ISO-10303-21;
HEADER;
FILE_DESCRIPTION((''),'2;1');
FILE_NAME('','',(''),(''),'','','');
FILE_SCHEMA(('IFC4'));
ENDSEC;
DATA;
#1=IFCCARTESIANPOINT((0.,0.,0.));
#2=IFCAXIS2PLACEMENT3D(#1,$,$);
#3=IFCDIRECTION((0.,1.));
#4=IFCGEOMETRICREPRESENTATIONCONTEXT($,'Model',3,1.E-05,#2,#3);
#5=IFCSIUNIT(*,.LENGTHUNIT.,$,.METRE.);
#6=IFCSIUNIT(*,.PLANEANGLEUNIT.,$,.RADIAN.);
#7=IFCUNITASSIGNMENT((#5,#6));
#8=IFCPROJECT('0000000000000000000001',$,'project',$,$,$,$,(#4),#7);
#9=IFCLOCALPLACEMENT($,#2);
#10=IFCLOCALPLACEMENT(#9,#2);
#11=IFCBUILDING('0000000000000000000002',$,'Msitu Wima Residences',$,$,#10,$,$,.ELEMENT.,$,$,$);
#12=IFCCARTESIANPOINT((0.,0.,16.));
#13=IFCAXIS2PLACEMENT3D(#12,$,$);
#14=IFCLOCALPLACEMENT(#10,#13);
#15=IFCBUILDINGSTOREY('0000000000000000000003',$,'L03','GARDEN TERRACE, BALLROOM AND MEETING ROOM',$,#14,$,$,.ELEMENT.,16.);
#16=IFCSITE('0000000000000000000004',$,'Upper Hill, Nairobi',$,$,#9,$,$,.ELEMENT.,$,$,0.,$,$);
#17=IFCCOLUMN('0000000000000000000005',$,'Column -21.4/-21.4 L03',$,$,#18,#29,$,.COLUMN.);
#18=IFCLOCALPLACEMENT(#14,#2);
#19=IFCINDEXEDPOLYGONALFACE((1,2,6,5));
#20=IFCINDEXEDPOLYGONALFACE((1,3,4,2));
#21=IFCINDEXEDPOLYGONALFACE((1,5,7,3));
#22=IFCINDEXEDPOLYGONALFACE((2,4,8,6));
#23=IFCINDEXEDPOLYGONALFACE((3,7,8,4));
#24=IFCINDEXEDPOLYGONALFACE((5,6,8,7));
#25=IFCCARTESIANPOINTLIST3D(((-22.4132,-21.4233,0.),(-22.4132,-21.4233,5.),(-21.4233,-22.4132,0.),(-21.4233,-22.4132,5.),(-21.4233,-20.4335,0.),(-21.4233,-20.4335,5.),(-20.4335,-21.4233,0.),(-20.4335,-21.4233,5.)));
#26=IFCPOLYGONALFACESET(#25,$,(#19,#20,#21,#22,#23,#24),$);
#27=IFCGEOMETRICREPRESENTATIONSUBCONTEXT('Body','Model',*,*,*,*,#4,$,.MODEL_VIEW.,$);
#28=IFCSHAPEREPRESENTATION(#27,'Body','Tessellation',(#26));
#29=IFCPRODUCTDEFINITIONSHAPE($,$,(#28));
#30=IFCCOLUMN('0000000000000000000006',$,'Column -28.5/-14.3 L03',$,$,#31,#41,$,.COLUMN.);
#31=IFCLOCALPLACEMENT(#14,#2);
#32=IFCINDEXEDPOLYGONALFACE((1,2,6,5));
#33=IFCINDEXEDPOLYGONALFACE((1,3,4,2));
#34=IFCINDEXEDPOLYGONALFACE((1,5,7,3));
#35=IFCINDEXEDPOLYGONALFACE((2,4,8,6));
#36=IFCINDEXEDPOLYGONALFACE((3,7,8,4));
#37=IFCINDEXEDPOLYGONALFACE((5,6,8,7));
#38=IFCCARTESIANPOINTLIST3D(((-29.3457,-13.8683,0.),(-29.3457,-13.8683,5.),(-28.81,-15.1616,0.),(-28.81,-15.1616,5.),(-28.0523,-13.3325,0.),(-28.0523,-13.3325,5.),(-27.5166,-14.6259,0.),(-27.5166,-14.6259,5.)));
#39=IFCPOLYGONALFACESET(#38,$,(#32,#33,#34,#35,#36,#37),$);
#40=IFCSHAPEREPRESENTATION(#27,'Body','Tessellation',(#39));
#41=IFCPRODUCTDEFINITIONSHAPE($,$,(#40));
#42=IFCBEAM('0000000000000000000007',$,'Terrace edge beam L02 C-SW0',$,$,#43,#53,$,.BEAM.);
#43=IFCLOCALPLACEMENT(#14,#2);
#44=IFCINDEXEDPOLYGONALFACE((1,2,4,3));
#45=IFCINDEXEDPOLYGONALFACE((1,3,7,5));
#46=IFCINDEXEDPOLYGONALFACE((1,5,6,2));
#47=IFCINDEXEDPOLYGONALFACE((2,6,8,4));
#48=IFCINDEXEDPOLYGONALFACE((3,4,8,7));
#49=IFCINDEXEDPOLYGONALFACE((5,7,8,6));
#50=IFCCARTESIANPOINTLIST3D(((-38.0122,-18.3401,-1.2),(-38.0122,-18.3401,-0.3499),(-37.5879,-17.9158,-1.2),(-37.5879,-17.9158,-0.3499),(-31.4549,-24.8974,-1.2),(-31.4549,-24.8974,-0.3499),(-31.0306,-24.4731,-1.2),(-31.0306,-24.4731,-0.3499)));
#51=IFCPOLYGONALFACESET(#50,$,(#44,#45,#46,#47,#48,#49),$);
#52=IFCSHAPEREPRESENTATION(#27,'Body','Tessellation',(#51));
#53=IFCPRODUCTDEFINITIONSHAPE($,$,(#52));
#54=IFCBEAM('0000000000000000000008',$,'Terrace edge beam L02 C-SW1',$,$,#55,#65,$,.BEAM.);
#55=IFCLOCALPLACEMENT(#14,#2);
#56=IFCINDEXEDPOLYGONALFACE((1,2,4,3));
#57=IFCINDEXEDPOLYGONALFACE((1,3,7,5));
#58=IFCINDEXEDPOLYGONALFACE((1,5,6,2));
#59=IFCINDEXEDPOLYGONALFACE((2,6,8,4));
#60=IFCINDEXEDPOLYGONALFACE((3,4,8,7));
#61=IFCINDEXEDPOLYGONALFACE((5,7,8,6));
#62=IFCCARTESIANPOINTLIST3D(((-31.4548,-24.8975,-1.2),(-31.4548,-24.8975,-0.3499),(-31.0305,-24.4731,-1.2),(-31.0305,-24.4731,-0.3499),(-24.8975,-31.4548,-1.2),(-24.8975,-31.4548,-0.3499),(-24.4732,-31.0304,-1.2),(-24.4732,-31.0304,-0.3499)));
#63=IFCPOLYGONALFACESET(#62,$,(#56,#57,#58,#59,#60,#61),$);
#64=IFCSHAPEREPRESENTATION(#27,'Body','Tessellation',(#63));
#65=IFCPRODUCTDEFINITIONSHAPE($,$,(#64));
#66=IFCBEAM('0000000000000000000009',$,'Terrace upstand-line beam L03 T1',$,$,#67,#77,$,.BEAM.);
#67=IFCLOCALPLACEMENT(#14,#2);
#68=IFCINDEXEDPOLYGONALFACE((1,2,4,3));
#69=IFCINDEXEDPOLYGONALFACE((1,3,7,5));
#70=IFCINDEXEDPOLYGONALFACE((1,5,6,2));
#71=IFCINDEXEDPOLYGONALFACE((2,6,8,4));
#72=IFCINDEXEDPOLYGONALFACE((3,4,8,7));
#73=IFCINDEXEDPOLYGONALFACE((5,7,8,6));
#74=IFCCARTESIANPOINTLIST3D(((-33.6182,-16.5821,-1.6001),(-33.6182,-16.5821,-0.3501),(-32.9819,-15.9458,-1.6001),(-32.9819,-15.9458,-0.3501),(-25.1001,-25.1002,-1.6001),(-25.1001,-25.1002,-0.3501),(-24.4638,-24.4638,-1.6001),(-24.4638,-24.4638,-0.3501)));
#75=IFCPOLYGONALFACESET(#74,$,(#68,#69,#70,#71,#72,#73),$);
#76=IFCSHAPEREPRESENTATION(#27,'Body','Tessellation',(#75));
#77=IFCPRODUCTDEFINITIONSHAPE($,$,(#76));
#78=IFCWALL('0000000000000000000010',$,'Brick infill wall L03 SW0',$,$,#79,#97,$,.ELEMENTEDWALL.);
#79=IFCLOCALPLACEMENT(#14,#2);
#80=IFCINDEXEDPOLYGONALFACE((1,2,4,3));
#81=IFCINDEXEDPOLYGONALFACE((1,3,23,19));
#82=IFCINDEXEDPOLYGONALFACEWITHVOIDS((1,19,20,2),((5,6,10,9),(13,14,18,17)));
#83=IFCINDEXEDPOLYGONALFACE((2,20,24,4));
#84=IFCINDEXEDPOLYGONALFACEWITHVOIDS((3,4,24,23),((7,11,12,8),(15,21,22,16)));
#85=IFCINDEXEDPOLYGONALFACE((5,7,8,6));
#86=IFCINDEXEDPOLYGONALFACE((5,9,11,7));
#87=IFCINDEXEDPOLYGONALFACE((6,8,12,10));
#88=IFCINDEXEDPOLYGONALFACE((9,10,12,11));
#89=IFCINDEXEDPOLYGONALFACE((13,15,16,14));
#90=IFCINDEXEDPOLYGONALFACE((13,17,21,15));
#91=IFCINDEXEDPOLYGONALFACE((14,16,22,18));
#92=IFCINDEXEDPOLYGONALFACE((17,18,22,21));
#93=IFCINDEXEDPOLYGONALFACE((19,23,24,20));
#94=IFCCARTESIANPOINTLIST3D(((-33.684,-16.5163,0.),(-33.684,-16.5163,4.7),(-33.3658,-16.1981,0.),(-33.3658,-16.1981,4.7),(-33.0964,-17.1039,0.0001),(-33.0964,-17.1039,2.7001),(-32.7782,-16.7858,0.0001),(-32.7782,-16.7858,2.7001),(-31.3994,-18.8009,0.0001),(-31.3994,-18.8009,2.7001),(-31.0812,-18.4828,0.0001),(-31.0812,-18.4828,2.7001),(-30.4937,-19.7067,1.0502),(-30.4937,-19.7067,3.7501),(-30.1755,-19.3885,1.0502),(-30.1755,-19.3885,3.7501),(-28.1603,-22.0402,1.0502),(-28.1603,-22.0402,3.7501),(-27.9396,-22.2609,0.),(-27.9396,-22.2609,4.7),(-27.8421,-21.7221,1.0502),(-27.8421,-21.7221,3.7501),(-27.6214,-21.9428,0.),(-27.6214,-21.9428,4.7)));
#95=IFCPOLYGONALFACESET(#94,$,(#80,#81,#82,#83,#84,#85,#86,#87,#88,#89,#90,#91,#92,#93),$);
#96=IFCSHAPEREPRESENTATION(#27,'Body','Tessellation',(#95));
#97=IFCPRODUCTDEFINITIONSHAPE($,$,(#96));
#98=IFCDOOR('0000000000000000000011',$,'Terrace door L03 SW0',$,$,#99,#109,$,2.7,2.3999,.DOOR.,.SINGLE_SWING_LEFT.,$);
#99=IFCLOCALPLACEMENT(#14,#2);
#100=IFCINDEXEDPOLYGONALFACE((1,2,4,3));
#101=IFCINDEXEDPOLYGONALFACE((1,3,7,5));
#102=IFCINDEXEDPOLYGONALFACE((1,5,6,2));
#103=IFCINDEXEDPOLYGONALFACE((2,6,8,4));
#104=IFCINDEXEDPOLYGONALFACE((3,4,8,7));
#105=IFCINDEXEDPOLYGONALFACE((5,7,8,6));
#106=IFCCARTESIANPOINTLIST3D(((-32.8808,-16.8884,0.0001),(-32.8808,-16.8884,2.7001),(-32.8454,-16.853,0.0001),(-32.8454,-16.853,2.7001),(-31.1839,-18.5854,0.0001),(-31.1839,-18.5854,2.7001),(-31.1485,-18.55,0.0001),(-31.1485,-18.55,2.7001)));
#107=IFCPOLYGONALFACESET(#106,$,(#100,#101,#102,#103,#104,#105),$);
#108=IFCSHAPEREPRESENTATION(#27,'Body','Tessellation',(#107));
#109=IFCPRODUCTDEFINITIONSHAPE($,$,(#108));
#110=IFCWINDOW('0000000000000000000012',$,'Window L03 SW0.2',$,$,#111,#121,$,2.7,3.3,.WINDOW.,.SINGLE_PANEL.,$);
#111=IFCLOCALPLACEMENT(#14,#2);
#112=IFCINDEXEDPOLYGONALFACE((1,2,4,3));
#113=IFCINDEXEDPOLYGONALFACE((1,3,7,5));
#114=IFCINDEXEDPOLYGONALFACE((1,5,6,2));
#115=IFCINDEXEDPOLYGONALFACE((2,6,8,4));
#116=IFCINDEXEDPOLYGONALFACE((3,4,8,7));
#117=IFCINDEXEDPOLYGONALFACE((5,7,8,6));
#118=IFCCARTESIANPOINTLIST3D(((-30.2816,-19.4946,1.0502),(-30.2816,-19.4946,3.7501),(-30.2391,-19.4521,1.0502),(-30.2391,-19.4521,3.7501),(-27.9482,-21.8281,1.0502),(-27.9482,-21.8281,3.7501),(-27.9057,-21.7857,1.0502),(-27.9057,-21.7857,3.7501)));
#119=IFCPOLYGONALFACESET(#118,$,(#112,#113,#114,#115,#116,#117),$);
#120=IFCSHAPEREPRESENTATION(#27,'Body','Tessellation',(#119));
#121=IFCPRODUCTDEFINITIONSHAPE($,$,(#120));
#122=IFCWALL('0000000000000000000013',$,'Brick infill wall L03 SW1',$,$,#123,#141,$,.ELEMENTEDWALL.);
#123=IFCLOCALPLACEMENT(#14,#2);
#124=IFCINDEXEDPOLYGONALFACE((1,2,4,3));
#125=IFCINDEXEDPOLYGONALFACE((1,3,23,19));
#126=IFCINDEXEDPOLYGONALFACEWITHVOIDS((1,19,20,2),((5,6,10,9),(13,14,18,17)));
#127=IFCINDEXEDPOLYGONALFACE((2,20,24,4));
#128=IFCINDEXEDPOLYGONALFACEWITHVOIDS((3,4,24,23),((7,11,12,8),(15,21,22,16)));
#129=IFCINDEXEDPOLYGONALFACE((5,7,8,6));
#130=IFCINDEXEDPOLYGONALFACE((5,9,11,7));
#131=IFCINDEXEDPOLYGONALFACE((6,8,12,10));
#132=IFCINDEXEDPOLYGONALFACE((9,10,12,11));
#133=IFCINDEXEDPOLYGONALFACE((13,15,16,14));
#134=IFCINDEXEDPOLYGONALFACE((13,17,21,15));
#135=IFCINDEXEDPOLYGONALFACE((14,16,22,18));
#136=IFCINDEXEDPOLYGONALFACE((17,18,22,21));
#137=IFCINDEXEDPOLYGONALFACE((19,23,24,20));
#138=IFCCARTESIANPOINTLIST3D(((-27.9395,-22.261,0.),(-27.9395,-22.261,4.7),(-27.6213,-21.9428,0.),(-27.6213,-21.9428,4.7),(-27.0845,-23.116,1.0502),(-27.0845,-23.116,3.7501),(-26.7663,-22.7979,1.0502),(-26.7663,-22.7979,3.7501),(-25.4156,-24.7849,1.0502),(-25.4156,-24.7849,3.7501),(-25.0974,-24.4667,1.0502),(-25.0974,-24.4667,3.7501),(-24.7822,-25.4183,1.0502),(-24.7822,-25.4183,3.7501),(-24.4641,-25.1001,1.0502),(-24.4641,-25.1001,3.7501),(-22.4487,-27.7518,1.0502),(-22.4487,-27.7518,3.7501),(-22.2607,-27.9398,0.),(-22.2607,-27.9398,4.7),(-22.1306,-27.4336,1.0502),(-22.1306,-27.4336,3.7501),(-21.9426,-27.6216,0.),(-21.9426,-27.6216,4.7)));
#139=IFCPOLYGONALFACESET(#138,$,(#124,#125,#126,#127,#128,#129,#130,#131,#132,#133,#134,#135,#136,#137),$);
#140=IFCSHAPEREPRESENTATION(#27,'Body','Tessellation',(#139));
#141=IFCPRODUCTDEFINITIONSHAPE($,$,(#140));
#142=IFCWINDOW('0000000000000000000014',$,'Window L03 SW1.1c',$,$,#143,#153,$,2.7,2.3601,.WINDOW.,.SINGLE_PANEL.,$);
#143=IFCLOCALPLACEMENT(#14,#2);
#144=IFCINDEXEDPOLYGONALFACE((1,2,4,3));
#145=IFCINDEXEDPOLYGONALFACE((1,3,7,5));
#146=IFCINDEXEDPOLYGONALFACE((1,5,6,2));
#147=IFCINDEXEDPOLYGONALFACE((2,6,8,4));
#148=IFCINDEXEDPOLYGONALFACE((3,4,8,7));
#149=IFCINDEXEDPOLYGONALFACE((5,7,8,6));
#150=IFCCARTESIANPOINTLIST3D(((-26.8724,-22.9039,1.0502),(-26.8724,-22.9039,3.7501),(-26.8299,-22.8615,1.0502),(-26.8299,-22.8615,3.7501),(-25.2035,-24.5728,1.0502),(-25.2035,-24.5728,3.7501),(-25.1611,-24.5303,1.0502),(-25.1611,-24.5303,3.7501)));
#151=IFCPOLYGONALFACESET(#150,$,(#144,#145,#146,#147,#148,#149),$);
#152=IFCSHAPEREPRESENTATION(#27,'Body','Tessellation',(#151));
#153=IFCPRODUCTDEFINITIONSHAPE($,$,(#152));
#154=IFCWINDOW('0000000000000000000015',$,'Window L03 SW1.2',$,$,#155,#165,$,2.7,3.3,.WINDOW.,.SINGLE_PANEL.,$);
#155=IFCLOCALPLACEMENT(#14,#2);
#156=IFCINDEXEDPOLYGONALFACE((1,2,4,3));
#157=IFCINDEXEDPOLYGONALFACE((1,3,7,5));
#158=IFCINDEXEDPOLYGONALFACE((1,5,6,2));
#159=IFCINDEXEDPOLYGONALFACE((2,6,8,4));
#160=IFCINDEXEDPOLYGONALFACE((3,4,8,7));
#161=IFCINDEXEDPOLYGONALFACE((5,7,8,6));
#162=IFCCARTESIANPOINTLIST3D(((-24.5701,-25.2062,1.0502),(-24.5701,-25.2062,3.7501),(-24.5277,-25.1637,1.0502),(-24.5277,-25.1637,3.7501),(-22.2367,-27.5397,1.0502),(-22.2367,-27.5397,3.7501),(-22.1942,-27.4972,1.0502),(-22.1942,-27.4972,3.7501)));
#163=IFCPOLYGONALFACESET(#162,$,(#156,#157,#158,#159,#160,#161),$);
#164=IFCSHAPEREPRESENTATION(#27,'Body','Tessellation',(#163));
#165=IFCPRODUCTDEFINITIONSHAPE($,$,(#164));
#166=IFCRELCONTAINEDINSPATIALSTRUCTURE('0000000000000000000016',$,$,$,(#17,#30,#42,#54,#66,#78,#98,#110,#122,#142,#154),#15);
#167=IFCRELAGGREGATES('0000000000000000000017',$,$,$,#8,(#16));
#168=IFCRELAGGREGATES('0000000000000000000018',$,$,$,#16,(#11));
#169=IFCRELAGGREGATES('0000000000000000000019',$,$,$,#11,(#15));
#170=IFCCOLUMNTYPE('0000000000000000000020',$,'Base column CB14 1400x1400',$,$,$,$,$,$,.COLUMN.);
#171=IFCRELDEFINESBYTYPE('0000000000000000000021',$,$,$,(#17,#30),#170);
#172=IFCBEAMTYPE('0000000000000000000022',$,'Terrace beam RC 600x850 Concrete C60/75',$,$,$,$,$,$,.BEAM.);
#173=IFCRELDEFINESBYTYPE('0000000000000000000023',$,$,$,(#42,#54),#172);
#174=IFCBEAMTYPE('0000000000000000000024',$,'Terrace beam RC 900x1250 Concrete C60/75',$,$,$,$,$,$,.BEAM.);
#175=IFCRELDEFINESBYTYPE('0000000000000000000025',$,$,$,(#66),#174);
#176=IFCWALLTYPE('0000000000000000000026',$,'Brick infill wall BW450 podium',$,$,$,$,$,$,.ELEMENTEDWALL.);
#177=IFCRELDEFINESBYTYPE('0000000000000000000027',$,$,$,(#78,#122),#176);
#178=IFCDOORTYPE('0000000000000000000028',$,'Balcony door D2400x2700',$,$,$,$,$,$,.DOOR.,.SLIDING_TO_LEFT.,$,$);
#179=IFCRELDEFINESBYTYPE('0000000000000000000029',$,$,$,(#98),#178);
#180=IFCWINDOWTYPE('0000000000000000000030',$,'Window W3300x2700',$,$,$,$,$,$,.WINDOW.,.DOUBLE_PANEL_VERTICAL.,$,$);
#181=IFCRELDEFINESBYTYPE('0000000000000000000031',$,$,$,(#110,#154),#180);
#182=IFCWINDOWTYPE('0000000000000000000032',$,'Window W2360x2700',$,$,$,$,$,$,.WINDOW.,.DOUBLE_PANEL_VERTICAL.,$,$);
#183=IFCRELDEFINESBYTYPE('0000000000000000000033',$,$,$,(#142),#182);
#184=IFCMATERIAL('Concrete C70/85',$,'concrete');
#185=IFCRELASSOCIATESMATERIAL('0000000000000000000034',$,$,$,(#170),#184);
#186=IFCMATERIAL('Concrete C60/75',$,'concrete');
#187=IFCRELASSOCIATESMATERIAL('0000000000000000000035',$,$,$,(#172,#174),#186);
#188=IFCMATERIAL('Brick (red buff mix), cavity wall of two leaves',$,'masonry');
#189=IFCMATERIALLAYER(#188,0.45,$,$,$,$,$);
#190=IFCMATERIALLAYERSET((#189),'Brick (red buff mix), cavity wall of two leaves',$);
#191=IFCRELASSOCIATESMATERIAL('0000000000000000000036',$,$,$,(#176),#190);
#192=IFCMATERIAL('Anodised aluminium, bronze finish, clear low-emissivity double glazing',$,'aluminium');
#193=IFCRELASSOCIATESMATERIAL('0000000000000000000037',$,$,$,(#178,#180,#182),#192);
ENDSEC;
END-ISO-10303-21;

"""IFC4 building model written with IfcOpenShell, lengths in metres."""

from ifc_helpers import new_model, si_unit, direction, frame, frame_2d, origin, origin_2d, place, context, subcontext, project, spatial, rectangle, extrude, material, layer, layer_set, material_profile, profile_set, type_object, element, fill, save


model = new_model("IFC4")

# Units and contexts
model_context = context("Model", 3, precision=1e-05, world=origin(), true_north=direction((0.0, 1.0)))
body_context = subcontext(model_context, "Body", "Model", "MODEL_VIEW")
ifc_project = project(units=[si_unit("LENGTHUNIT", "METRE"), si_unit("PLANEANGLEUNIT", "RADIAN")], contexts=[model_context])

# Site, building, storey
site_placement = place(None, origin())
site = spatial("IfcSite", under=ifc_project, at=site_placement, Name="Upper Hill, Nairobi", CompositionType="ELEMENT", RefElevation=0.0)
building_placement = place(site_placement, origin())
building = spatial("IfcBuilding", under=site, at=building_placement, Name="Msitu Wima Residences", CompositionType="ELEMENT")
storey_placement = place(building_placement, frame((0.0, 0.0, 16.0)))
storey = spatial("IfcBuildingStorey", under=building, at=storey_placement, Name="L03", Description="GARDEN TERRACE, BALLROOM AND MEETING ROOM", CompositionType="ELEMENT", Elevation=16.0)

# Columns
ifc_material_1 = material(Name="Concrete C70/85", Category="concrete")
ifc_material_profile_1 = material_profile(ifc_material_1, rectangle(XDim=1.3999, YDim=1.3999, at=origin_2d()), Name="RC 1400x1400")
ifc_profile_set_1 = profile_set([ifc_material_profile_1], Name="Concrete C70/85")
column_type = type_object("IfcColumnType", Name="Base column CB14 1400x1400", PredefinedType="COLUMN", material=ifc_profile_set_1)
for number, where, z_axis, x_axis, name in (
    (1, (-21.4233, -21.4233, 0.0), (0.0, 0.0, 1.0), (0.707107, -0.707107, 0.0), "Column -21.4/-21.4 L03"),
    (2, (-28.4312, -14.2471, 0.0), (0.0, 0.0, 1.0), (0.382683, -0.92388, 0.0), "Column -28.5/-14.3 L03"),
):
    element("IfcColumn", number, at=place(storey_placement, frame(where, z_axis=z_axis, x_axis=x_axis)), inside=storey, type_object=column_type, Name=name, PredefinedType="COLUMN", context=body_context, shape_type="SweptSolid", body=[
        extrude(rectangle(XDim=1.3999, YDim=1.3999, at=origin_2d()), origin(), (0.0, 0.0, 1.0), 5.0),
    ])

# Beams
ifc_material_2 = material(Name="Concrete C60/75", Category="concrete")
ifc_material_profile_2 = material_profile(ifc_material_2, rectangle(XDim=0.6001, YDim=0.8501, at=origin_2d()), Name="RC 600x850")
ifc_profile_set_2 = profile_set([ifc_material_profile_2], Name="Concrete C60/75")
beam_type_1 = type_object("IfcBeamType", Name="Terrace beam RC 600x850 Concrete C60/75", PredefinedType="BEAM", material=ifc_profile_set_2)
for number, where, z_axis, x_axis, name in (
    (3, (-37.8, -18.1279, -0.7749), (0.707107, -0.707107, 0.0), (0.707107, 0.707107, 0.0), "Terrace edge beam L02 C-SW0"),
    (4, (-31.2427, -24.6853, -0.7749), (0.707107, -0.707107, 0.0), (0.707107, 0.707107, 0.0), "Terrace edge beam L02 C-SW1"),
):
    element("IfcBeam", number, at=place(storey_placement, frame(where, z_axis=z_axis, x_axis=x_axis)), inside=storey, type_object=beam_type_1, Name=name, PredefinedType="BEAM", context=body_context, shape_type="SweptSolid", body=[
        extrude(rectangle(XDim=0.6001, YDim=0.8501, at=origin_2d()), origin(), (0.0, 0.0, 1.0), 9.2734),
    ])
ifc_material_profile_3 = material_profile(ifc_material_2, rectangle(XDim=0.8999, YDim=1.25, at=origin_2d()), Name="RC 900x1250")
ifc_profile_set_3 = profile_set([ifc_material_profile_3], Name="Concrete C60/75")
beam_type_2 = type_object("IfcBeamType", Name="Terrace beam RC 900x1250 Concrete C60/75", PredefinedType="BEAM", material=ifc_profile_set_3)
beam_placement = place(storey_placement, frame((-33.3, -16.2639, -0.9751), z_axis=(0.707107, -0.707107, 0.0), x_axis=(0.707107, 0.707107, 0.0)))
element("IfcBeam", 5, at=beam_placement, inside=storey, type_object=beam_type_2, Name="Terrace upstand-line beam L03 T1", PredefinedType="BEAM", context=body_context, shape_type="SweptSolid", body=[
    extrude(rectangle(XDim=0.8999, YDim=1.25, at=origin_2d()), origin(), (0.0, 0.0, 1.0), 12.0464),
])

# Wall, openings, door, window
ifc_material_3 = material(Name="Brick (red buff mix), cavity wall of two leaves", Category="masonry")
ifc_layer_1 = layer(ifc_material_3, 0.45)
ifc_layer_set_1 = layer_set([ifc_layer_1], Name="Brick (red buff mix), cavity wall of two leaves")
wall_type_1 = type_object("IfcWallType", Name="Brick infill wall BW450 podium", PredefinedType="ELEMENTEDWALL", material=ifc_layer_set_1)
wall_1_placement = place(storey_placement, frame((-33.5249, -16.3572, 0.0), z_axis=(0.0, 0.0, 1.0), x_axis=(0.707092, -0.707122, 0.0)))
wall_1 = element("IfcWall", 6, at=wall_1_placement, inside=storey, type_object=wall_type_1, Name="Brick infill wall L03 SW0", PredefinedType="ELEMENTEDWALL", context=body_context, shape_type="SweptSolid", body=[
    extrude(rectangle(XDim=8.124, YDim=0.45, at=frame_2d((4.062, 0.0))), origin(), (0.0, 0.0, 1.0), 4.7),
])
opening_1_placement = place(wall_1_placement, frame((0.8311, 0.0, 0.0)))
opening_1 = element("IfcOpeningElement", 7, at=opening_1_placement, cuts=wall_1, PredefinedType="OPENING", context=body_context, shape_type="SweptSolid", body=[
    extrude(rectangle(XDim=2.3999, YDim=2.7, at=frame_2d((1.2, 1.3501))), frame((0.0, 0.2349, 0.0), z_axis=(0.0, -1.0, 0.0), x_axis=(1.0, 0.0, 0.0)), (0.0, 0.0, 1.0), 0.47),
])
opening_2_placement = place(wall_1_placement, frame((4.512, 0.0, 1.05)))
opening_2 = element("IfcOpeningElement", 8, at=opening_2_placement, cuts=wall_1, PredefinedType="OPENING", context=body_context, shape_type="SweptSolid", body=[
    extrude(rectangle(XDim=3.3, YDim=2.7, at=frame_2d((1.6499, 1.3501))), frame((0.0, 0.2349, 0.0), z_axis=(0.0, -1.0, 0.0), x_axis=(1.0, 0.0, 0.0)), (0.0, 0.0, 1.0), 0.47),
])
ifc_material_4 = material(Name="Anodised aluminium, bronze finish, clear low-emissivity double glazing", Category="aluminium")
door_type_1 = type_object("IfcDoorType", Name="Balcony door D2400x2700", OperationType="SLIDING_TO_LEFT", PredefinedType="DOOR", material=ifc_material_4)
door_1_placement = place(opening_1_placement, origin())
door_1 = element("IfcDoor", 9, at=door_1_placement, inside=storey, type_object=door_type_1, Name="Terrace door L03 SW0", OperationType="SINGLE_SWING_LEFT", OverallHeight=2.7, OverallWidth=2.3999, PredefinedType="DOOR", context=body_context, shape_type="SweptSolid", body=[
    extrude(rectangle(XDim=2.3999, YDim=2.7, at=frame_2d((1.2, 1.3501))), frame((0.0, 0.1299, 0.0), z_axis=(0.0, -1.0, 0.0), x_axis=(1.0, 0.0, 0.0)), (0.0, 0.0, 1.0), 0.05),
])
fill(opening_1, door_1)
window_type_1 = type_object("IfcWindowType", Name="Window W3300x2700", PartitioningType="DOUBLE_PANEL_VERTICAL", PredefinedType="WINDOW", material=ifc_material_4)
window_1_placement = place(opening_2_placement, origin())
window_1 = element("IfcWindow", 10, at=window_1_placement, inside=storey, type_object=window_type_1, Name="Window L03 SW0.2", OverallHeight=2.7, OverallWidth=3.3, PartitioningType="SINGLE_PANEL", PredefinedType="WINDOW", context=body_context, shape_type="SweptSolid", body=[
    extrude(rectangle(XDim=3.3, YDim=2.7, at=frame_2d((1.6499, 1.3501))), frame((0.0, 0.135, 0.0), z_axis=(0.0, -1.0, 0.0), x_axis=(1.0, 0.0, 0.0)), (0.0, 0.0, 1.0), 0.0601),
])
fill(opening_2, window_1)

# Wall, openings, windows
wall_2_placement = place(storey_placement, frame((-27.7805, -22.1018, 0.0), z_axis=(0.0, 0.0, 1.0), x_axis=(0.707107, -0.707107, 0.0)))
wall_2 = element("IfcWall", 11, at=wall_2_placement, inside=storey, type_object=wall_type_1, Name="Brick infill wall L03 SW1", PredefinedType="ELEMENTEDWALL", context=body_context, shape_type="SweptSolid", body=[
    extrude(rectangle(XDim=8.031, YDim=0.45, at=frame_2d((4.0156, 0.0))), origin(), (0.0, 0.0, 1.0), 4.7),
])
opening_3_placement = place(wall_2_placement, frame((1.2092, 0.0, 1.05)))
opening_3 = element("IfcOpeningElement", 12, at=opening_3_placement, cuts=wall_2, PredefinedType="OPENING", context=body_context, shape_type="SweptSolid", body=[
    extrude(rectangle(XDim=2.3601, YDim=2.7, at=frame_2d((1.1802, 1.3501))), frame((0.0, 0.2349, 0.0), z_axis=(0.0, -1.0, 0.0), x_axis=(1.0, 0.0, 0.0)), (0.0, 0.0, 1.0), 0.47),
])
opening_4_placement = place(wall_2_placement, frame((4.4653, 0.0, 1.05)))
opening_4 = element("IfcOpeningElement", 13, at=opening_4_placement, cuts=wall_2, PredefinedType="OPENING", context=body_context, shape_type="SweptSolid", body=[
    extrude(rectangle(XDim=3.3, YDim=2.7, at=frame_2d((1.6499, 1.3501))), frame((0.0, 0.2349, 0.0), z_axis=(0.0, -1.0, 0.0), x_axis=(1.0, 0.0, 0.0)), (0.0, 0.0, 1.0), 0.47),
])
window_type_2 = type_object("IfcWindowType", Name="Window W2360x2700", PartitioningType="DOUBLE_PANEL_VERTICAL", PredefinedType="WINDOW", material=ifc_material_4)
window_2_placement = place(opening_3_placement, origin())
window_2 = element("IfcWindow", 14, at=window_2_placement, inside=storey, type_object=window_type_2, Name="Window L03 SW1.1c", OverallHeight=2.7, OverallWidth=2.3601, PartitioningType="SINGLE_PANEL", PredefinedType="WINDOW", context=body_context, shape_type="SweptSolid", body=[
    extrude(rectangle(XDim=2.3601, YDim=2.7, at=frame_2d((1.1802, 1.3501))), frame((0.0, 0.135, 0.0), z_axis=(0.0, -1.0, 0.0), x_axis=(1.0, 0.0, 0.0)), (0.0, 0.0, 1.0), 0.0601),
])
fill(opening_3, window_2)
window_3_placement = place(opening_4_placement, origin())
window_3 = element("IfcWindow", 15, at=window_3_placement, inside=storey, type_object=window_type_1, Name="Window L03 SW1.2", OverallHeight=2.7, OverallWidth=3.3, PartitioningType="SINGLE_PANEL", PredefinedType="WINDOW", context=body_context, shape_type="SweptSolid", body=[
    extrude(rectangle(XDim=3.3, YDim=2.7, at=frame_2d((1.6499, 1.3501))), frame((0.0, 0.135, 0.0), z_axis=(0.0, -1.0, 0.0), x_axis=(1.0, 0.0, 0.0)), (0.0, 0.0, 1.0), 0.0601),
])
fill(opening_4, window_3)

save(model, "model.ifc")
